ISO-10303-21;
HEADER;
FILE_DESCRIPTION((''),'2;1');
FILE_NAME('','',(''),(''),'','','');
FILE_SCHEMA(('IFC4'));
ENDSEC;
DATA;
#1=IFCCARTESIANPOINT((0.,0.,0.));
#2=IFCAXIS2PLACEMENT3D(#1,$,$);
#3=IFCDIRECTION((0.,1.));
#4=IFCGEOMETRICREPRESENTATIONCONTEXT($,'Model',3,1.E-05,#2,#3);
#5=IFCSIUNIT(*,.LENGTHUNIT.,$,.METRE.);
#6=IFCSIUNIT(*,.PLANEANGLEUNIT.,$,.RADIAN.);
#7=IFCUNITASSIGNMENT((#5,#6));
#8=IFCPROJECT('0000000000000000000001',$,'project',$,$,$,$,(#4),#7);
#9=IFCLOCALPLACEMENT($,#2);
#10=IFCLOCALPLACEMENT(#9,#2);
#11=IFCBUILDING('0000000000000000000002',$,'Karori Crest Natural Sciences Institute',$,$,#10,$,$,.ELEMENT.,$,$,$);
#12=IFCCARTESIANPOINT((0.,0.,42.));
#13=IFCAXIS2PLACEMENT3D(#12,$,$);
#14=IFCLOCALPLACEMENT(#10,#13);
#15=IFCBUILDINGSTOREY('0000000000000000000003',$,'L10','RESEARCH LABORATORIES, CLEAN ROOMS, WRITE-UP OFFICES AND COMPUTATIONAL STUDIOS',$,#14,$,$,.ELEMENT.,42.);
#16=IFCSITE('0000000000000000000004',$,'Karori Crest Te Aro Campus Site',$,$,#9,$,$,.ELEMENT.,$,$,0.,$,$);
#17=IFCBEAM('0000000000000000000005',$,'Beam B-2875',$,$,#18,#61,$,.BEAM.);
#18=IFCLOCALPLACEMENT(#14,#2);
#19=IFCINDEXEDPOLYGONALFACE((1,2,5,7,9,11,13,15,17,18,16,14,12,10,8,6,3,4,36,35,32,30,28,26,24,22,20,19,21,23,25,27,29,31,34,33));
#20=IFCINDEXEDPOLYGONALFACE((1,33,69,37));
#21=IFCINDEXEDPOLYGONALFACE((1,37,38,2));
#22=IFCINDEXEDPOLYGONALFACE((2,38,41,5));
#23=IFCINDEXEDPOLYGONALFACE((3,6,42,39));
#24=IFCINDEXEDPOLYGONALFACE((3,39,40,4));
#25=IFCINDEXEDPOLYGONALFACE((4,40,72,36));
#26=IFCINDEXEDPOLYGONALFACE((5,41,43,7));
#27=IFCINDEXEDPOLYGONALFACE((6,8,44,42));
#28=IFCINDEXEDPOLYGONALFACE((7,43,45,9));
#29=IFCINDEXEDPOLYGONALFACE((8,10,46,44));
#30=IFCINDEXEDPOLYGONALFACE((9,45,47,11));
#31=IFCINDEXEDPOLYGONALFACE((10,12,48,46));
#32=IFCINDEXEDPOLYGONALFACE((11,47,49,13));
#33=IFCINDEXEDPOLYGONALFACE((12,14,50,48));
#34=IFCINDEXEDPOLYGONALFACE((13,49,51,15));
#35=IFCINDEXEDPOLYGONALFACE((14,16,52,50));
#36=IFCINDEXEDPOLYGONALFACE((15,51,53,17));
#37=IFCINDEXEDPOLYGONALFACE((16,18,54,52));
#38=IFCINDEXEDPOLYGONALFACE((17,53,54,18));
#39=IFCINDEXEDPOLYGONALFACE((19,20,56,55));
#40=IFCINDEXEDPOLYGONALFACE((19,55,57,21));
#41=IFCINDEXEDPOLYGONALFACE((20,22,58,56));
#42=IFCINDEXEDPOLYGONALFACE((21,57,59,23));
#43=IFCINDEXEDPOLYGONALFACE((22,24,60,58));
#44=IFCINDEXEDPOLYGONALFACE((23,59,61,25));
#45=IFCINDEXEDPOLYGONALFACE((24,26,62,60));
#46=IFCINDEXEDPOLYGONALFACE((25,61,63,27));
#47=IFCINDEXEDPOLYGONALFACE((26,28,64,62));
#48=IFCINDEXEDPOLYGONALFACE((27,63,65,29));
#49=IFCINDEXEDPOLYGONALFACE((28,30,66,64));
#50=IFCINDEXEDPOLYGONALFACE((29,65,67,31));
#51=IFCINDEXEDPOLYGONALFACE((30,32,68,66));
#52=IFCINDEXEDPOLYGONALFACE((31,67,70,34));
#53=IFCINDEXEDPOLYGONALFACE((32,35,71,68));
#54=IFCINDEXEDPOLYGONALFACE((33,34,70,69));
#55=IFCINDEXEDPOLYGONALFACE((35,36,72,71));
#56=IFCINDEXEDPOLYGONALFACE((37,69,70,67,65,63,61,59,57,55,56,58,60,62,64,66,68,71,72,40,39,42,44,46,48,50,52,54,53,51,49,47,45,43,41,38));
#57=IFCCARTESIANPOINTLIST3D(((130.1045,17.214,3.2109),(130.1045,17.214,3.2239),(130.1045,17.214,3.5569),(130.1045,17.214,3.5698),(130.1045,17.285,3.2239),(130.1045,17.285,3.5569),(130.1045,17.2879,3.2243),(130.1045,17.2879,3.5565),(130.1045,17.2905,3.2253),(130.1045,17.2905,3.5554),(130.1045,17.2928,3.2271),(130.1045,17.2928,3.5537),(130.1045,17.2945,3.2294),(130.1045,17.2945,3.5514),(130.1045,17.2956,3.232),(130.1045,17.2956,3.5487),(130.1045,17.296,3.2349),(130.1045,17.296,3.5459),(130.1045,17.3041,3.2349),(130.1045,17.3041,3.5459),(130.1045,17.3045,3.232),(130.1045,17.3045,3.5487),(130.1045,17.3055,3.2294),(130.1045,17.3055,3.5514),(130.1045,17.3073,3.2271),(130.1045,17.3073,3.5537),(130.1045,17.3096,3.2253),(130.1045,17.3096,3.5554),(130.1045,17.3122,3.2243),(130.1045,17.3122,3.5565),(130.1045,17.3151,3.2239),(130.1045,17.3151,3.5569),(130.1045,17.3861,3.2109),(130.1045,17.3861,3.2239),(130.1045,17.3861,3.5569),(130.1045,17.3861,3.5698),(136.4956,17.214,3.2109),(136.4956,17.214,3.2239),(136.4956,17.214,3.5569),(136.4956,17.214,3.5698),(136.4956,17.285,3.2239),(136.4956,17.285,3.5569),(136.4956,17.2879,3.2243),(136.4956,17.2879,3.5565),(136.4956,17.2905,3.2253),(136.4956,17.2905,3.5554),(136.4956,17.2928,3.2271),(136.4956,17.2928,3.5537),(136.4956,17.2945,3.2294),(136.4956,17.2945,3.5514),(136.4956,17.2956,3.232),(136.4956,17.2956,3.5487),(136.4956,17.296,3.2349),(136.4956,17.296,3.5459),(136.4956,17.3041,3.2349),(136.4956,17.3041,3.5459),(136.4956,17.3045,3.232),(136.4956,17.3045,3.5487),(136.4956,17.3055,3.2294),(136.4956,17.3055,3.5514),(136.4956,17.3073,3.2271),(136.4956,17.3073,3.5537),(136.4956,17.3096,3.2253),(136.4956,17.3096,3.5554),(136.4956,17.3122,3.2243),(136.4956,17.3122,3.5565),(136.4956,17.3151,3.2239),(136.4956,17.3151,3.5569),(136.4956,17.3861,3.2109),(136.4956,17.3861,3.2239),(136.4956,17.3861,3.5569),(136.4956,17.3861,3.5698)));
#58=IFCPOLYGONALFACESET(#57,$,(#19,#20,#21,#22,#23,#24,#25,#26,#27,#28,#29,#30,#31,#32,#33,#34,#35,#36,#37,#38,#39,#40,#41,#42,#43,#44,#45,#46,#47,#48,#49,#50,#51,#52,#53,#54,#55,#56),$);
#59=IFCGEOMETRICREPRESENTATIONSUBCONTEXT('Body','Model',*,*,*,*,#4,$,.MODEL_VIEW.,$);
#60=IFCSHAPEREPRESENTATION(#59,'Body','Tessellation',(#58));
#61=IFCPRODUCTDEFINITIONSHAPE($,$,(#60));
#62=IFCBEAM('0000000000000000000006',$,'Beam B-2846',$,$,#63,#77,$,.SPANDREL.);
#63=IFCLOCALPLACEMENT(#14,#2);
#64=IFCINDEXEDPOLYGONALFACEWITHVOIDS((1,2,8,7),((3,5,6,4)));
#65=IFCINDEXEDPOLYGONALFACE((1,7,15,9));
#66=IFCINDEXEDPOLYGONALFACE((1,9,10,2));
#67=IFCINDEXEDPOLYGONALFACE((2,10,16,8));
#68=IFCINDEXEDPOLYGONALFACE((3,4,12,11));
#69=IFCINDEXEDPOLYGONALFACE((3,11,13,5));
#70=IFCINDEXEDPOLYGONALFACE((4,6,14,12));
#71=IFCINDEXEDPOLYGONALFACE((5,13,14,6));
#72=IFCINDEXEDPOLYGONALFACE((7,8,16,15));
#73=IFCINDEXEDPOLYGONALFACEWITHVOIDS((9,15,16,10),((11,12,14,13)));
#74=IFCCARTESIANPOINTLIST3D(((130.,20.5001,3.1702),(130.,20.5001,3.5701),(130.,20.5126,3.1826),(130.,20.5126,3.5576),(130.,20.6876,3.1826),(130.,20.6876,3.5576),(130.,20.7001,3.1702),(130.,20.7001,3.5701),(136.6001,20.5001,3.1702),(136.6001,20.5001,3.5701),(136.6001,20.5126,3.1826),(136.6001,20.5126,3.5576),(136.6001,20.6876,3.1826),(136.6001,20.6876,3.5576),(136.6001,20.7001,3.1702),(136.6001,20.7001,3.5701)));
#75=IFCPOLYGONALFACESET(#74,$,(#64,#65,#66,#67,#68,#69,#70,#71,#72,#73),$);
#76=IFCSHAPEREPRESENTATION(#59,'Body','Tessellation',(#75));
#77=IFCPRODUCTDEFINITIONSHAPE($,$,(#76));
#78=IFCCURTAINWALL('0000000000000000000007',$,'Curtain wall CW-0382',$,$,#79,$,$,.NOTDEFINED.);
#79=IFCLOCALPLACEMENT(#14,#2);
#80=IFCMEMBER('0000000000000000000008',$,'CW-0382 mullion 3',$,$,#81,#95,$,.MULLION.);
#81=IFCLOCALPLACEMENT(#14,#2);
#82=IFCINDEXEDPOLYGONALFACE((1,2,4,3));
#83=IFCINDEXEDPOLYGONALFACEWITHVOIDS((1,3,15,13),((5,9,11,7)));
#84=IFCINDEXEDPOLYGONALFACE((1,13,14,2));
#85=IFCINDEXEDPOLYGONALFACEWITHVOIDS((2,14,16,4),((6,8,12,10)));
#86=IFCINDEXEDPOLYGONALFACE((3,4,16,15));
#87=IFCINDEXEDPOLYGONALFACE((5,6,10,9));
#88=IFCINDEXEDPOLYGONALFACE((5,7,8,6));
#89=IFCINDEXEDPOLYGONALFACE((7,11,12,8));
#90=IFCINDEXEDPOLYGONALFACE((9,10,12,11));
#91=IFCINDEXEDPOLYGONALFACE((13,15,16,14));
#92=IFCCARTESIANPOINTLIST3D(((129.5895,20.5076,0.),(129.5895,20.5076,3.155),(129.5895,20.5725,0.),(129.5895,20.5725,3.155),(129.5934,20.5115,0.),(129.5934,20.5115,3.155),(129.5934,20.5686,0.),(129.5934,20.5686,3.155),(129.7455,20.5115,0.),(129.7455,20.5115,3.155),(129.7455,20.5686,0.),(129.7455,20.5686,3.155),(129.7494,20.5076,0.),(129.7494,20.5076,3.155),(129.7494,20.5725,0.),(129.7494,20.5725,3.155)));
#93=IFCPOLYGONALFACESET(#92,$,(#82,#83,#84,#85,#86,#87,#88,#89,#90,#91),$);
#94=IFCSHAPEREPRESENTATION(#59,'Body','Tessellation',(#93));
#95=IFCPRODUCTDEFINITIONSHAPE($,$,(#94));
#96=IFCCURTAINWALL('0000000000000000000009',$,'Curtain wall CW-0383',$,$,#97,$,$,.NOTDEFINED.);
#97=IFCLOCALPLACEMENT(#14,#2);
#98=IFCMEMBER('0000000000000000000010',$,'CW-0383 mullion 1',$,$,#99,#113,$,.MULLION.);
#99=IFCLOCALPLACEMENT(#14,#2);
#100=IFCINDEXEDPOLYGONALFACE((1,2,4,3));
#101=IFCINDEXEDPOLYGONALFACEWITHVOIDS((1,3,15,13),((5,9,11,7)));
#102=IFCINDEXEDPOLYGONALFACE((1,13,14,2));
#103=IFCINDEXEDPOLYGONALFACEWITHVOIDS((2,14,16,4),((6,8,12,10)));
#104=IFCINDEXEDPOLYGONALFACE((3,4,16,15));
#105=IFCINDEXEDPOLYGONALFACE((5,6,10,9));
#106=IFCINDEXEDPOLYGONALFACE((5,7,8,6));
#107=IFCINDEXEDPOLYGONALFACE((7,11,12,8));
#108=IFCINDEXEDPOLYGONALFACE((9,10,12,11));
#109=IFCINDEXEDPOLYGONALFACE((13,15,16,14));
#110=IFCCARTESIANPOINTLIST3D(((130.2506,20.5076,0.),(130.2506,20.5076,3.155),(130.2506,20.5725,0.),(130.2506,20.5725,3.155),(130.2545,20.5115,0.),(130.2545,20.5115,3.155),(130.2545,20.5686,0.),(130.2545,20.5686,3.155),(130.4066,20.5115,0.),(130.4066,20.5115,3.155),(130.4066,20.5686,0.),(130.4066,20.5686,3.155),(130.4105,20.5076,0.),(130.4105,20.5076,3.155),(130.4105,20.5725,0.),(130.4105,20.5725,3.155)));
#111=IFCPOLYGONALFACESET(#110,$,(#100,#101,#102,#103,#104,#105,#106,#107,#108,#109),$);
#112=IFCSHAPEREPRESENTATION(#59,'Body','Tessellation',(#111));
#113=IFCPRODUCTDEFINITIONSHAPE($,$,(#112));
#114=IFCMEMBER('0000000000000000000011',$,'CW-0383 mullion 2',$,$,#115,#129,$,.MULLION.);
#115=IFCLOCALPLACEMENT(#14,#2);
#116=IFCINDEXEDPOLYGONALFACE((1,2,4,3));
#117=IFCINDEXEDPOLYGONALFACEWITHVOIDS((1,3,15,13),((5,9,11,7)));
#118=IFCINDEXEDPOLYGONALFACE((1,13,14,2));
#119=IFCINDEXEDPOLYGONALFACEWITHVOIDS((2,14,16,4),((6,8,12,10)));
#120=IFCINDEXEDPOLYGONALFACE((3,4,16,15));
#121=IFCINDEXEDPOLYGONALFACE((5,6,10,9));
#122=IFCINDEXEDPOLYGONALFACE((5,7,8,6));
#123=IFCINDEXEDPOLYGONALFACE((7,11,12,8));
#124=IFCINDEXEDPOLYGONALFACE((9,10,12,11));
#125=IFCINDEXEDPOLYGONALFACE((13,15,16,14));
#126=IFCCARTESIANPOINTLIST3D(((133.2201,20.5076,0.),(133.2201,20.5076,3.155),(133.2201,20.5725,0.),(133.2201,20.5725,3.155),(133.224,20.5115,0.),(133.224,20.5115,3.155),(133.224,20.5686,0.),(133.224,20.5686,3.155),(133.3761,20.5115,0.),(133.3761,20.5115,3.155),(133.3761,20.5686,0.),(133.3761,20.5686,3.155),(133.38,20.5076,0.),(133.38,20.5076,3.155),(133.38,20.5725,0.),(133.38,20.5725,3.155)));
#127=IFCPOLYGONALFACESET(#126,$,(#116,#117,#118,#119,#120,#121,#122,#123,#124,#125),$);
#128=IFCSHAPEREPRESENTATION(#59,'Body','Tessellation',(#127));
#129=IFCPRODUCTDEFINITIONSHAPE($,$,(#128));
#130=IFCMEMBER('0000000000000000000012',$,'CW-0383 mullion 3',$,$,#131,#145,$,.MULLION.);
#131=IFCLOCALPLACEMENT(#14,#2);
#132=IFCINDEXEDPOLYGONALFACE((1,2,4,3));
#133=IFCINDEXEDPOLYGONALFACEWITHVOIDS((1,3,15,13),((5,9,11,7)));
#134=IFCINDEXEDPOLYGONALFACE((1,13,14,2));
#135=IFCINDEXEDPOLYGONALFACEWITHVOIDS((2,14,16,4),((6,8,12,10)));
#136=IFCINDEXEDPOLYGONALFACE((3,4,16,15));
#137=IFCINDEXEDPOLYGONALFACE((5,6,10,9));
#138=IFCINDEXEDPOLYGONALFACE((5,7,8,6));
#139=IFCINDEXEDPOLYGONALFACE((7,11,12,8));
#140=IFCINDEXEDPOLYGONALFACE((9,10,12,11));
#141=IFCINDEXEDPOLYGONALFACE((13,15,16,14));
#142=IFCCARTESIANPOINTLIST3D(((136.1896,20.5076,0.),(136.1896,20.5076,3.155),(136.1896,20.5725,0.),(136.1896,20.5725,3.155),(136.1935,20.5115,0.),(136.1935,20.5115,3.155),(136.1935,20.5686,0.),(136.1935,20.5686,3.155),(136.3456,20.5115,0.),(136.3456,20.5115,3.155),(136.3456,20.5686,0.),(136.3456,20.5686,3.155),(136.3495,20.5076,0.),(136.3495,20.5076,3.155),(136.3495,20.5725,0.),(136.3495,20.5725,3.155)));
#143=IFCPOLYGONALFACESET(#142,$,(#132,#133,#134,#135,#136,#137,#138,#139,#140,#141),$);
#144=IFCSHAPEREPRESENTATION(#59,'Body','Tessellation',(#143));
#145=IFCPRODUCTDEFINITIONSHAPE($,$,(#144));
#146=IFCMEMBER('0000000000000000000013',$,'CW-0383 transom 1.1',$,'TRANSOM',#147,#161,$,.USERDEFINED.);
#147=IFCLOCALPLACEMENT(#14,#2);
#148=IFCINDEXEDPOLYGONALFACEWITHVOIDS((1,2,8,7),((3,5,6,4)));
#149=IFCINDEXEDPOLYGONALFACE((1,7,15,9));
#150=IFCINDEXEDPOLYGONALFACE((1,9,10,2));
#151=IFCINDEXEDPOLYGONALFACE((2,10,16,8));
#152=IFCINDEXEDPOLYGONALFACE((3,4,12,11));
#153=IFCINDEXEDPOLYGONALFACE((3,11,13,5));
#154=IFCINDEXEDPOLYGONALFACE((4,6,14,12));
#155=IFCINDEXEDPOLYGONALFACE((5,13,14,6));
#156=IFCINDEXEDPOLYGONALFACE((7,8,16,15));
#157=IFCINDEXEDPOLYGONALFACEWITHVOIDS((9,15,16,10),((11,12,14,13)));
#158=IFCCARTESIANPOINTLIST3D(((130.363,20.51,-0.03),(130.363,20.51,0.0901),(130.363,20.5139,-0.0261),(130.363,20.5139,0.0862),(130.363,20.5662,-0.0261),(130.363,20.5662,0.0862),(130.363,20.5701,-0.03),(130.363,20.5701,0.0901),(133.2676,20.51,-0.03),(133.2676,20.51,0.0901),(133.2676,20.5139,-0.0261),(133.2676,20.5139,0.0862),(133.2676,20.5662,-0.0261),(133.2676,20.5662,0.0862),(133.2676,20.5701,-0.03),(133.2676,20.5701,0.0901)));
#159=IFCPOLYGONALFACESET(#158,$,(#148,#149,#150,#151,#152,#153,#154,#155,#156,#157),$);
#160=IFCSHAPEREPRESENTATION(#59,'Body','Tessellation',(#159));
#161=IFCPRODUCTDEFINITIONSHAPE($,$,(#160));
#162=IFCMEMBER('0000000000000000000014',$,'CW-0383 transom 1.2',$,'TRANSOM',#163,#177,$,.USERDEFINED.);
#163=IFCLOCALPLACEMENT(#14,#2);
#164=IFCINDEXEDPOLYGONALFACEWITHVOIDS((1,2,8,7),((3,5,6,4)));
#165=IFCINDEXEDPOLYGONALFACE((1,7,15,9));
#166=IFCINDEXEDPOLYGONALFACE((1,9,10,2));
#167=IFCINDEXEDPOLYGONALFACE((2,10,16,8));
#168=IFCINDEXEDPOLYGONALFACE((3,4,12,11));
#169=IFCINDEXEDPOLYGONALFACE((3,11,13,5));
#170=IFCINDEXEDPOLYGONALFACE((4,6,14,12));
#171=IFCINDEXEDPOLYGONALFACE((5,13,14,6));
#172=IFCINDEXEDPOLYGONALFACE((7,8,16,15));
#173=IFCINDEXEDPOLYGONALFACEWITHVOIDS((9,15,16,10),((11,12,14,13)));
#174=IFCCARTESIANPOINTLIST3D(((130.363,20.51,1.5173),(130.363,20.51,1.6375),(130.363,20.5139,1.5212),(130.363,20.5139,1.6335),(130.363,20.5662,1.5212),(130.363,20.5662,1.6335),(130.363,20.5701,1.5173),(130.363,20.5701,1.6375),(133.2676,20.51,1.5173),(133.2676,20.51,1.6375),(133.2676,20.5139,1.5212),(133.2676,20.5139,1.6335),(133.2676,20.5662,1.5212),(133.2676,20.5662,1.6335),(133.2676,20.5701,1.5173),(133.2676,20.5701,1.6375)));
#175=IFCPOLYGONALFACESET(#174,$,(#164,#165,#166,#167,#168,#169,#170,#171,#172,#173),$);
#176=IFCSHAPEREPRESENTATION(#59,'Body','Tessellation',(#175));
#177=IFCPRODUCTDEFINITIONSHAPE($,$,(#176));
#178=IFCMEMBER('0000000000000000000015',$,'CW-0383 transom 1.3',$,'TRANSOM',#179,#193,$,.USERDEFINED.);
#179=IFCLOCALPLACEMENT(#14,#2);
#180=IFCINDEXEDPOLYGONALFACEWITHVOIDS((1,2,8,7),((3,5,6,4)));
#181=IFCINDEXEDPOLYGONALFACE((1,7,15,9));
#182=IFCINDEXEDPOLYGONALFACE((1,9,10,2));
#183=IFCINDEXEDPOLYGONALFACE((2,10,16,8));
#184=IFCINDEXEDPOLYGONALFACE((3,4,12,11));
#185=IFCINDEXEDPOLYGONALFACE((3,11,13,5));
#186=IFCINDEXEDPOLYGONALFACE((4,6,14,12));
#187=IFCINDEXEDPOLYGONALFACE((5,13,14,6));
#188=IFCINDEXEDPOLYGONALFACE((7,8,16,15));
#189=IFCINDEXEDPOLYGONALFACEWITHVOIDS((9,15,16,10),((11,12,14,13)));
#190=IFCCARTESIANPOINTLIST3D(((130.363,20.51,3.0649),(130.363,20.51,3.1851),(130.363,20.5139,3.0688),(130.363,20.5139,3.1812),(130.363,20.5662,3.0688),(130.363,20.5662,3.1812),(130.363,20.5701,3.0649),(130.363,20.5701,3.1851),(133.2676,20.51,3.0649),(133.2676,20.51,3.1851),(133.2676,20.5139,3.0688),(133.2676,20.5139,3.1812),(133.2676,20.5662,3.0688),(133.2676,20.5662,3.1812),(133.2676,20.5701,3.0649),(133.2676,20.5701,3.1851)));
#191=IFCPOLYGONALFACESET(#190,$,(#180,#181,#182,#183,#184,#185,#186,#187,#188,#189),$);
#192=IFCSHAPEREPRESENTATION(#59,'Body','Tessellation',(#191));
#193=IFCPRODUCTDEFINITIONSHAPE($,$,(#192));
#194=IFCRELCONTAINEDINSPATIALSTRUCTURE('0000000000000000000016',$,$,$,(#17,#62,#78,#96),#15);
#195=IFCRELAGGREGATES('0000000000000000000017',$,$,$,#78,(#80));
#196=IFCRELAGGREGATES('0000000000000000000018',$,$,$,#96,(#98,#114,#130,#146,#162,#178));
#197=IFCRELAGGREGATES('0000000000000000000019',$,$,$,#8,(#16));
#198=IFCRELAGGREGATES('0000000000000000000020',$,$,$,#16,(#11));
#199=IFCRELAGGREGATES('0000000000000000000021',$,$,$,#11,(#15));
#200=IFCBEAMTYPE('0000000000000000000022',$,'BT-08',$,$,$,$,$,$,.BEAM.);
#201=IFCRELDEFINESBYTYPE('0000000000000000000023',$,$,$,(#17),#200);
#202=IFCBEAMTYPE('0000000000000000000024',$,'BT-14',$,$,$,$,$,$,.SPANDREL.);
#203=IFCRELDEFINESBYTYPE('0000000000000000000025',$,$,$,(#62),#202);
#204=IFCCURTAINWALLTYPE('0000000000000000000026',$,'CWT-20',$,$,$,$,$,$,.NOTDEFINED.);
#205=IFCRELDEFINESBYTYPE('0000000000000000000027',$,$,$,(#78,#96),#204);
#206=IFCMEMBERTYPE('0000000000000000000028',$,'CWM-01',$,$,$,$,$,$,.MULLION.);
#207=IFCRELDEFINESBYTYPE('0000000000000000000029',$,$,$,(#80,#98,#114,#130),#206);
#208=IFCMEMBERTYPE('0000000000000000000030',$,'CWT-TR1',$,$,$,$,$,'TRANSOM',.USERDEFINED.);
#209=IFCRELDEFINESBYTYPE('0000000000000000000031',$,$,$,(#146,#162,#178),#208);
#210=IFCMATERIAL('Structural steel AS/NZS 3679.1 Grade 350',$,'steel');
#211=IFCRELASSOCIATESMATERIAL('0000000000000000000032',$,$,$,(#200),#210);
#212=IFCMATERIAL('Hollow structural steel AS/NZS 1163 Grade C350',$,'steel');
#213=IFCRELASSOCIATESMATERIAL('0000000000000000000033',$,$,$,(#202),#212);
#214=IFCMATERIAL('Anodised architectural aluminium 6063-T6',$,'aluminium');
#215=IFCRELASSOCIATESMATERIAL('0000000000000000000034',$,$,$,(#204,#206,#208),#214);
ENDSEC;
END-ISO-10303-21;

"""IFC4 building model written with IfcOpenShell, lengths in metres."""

from ifc_helpers import new_model, si_unit, direction, frame, origin, origin_2d, place, context, subcontext, project, spatial, hollow_rectangle, i_section, extrude, material, material_profile, profile_set, type_object, element, aggregate, save


model = new_model("IFC4")

# Units and contexts
model_context = context("Model", 3, precision=1e-05, world=origin(), true_north=direction((0.0, 1.0)))
body_context = subcontext(model_context, "Body", "Model", "MODEL_VIEW")
ifc_project = project(units=[si_unit("LENGTHUNIT", "METRE"), si_unit("PLANEANGLEUNIT", "RADIAN")], contexts=[model_context])

# Site, building, storey
site_placement = place(None, origin())
site = spatial("IfcSite", under=ifc_project, at=site_placement, Name="Karori Crest Te Aro Campus Site", CompositionType="ELEMENT", RefElevation=0.0)
building_placement = place(site_placement, origin())
building = spatial("IfcBuilding", under=site, at=building_placement, Name="Karori Crest Natural Sciences Institute", CompositionType="ELEMENT")
storey_placement = place(building_placement, frame((0.0, 0.0, 42.0)))
storey = spatial("IfcBuildingStorey", under=building, at=storey_placement, Name="L10", Description="RESEARCH LABORATORIES, CLEAN ROOMS, WRITE-UP OFFICES AND COMPUTATIONAL STUDIOS", CompositionType="ELEMENT", Elevation=42.0)

# Shared definitions
ifc_material_1 = material(Name="Structural steel AS/NZS 3679.1 Grade 350", Category="steel")

# Beams
ifc_material_profile_1 = material_profile(ifc_material_1, i_section(OverallWidth=0.1721, OverallDepth=0.3589, WebThickness=0.0081, FlangeThickness=0.0129, FilletRadius=0.011, at=origin_2d()), Name="360UB56.7")
ifc_profile_set_1 = profile_set([ifc_material_profile_1], Name="Structural steel AS/NZS 3679.1 Grade 350")
beam_type_1 = type_object("IfcBeamType", Name="BT-08", PredefinedType="BEAM", material=ifc_profile_set_1)
beam_1_placement = place(storey_placement, frame((130.1045, 17.3, 3.3904), z_axis=(1.0, 0.0, 0.0), x_axis=(0.0, 1.0, 0.0)))
element("IfcBeam", 1, at=beam_1_placement, inside=storey, type_object=beam_type_1, Name="Beam B-2875", PredefinedType="BEAM", context=body_context, shape_type="SweptSolid", body=[
    extrude(i_section(OverallWidth=0.1721, OverallDepth=0.3589, WebThickness=0.0081, FlangeThickness=0.0129, FilletRadius=0.011, at=origin_2d()), origin(), (0.0, 0.0, 1.0), 6.3911),
])
ifc_material_2 = material(Name="Hollow structural steel AS/NZS 1163 Grade C350", Category="steel")
ifc_material_profile_2 = material_profile(ifc_material_2, hollow_rectangle(XDim=0.2, YDim=0.3999, WallThickness=0.0125, at=origin_2d()), Name="RHS400x200x12.5")
ifc_profile_set_2 = profile_set([ifc_material_profile_2], Name="Hollow structural steel AS/NZS 1163 Grade C350")
beam_type_2 = type_object("IfcBeamType", Name="BT-14", PredefinedType="SPANDREL", material=ifc_profile_set_2)
beam_2_placement = place(storey_placement, frame((130.0, 20.6001, 3.3701), z_axis=(1.0, 0.0, 0.0), x_axis=(0.0, 1.0, 0.0)))
element("IfcBeam", 2, at=beam_2_placement, inside=storey, type_object=beam_type_2, Name="Beam B-2846", PredefinedType="SPANDREL", context=body_context, shape_type="SweptSolid", body=[
    extrude(hollow_rectangle(XDim=0.2, YDim=0.3999, WallThickness=0.0125, at=origin_2d()), origin(), (0.0, 0.0, 1.0), 6.6001),
])

# Curtain wall, member
ifc_material_3 = material(Name="Anodised architectural aluminium 6063-T6", Category="aluminium")
curtain_wall_type = type_object("IfcCurtainWallType", Name="CWT-20", PredefinedType="NOTDEFINED", material=ifc_material_3)
curtain_wall_1_placement = place(storey_placement, origin())
curtain_wall_1 = element("IfcCurtainWall", 3, at=curtain_wall_1_placement, inside=storey, type_object=curtain_wall_type, Name="Curtain wall CW-0382", PredefinedType="NOTDEFINED")
ifc_material_profile_3 = material_profile(ifc_material_3, hollow_rectangle(XDim=0.0649, YDim=0.1599, WallThickness=0.0039, at=origin_2d()), Name="CWM160x65x4")
ifc_profile_set_3 = profile_set([ifc_material_profile_3], Name="Anodised architectural aluminium 6063-T6")
member_type_1 = type_object("IfcMemberType", Name="CWM-01", PredefinedType="MULLION", material=ifc_profile_set_3)
member_1_placement = place(storey_placement, frame((129.6694, 20.54, 0.0), z_axis=(0.0, 0.0, 1.0), x_axis=(0.0, 1.0, 0.0)))
member_1 = element("IfcMember", 4, at=member_1_placement, type_object=member_type_1, Name="CW-0382 mullion 3", PredefinedType="MULLION", context=body_context, shape_type="SweptSolid", body=[
    extrude(hollow_rectangle(XDim=0.0649, YDim=0.1599, WallThickness=0.0039, at=origin_2d()), origin(), (0.0, 0.0, 1.0), 3.155),
])

# Curtain wall, members
curtain_wall_2_placement = place(storey_placement, origin())
curtain_wall_2 = element("IfcCurtainWall", 5, at=curtain_wall_2_placement, inside=storey, type_object=curtain_wall_type, Name="Curtain wall CW-0383", PredefinedType="NOTDEFINED")
member_2_placement = place(storey_placement, frame((130.3306, 20.54, 0.0), z_axis=(0.0, 0.0, 1.0), x_axis=(0.0, 1.0, 0.0)))
member_2 = element("IfcMember", 6, at=member_2_placement, type_object=member_type_1, Name="CW-0383 mullion 1", PredefinedType="MULLION", context=body_context, shape_type="SweptSolid", body=[
    extrude(hollow_rectangle(XDim=0.0649, YDim=0.1599, WallThickness=0.0039, at=origin_2d()), origin(), (0.0, 0.0, 1.0), 3.155),
])
member_3_placement = place(storey_placement, frame((133.3, 20.54, 0.0), z_axis=(0.0, 0.0, 1.0), x_axis=(0.0, 1.0, 0.0)))
member_3 = element("IfcMember", 7, at=member_3_placement, type_object=member_type_1, Name="CW-0383 mullion 2", PredefinedType="MULLION", context=body_context, shape_type="SweptSolid", body=[
    extrude(hollow_rectangle(XDim=0.0649, YDim=0.1599, WallThickness=0.0039, at=origin_2d()), origin(), (0.0, 0.0, 1.0), 3.155),
])
member_4_placement = place(storey_placement, frame((136.2695, 20.54, 0.0), z_axis=(0.0, 0.0, 1.0), x_axis=(0.0, 1.0, 0.0)))
member_4 = element("IfcMember", 8, at=member_4_placement, type_object=member_type_1, Name="CW-0383 mullion 3", PredefinedType="MULLION", context=body_context, shape_type="SweptSolid", body=[
    extrude(hollow_rectangle(XDim=0.0649, YDim=0.1599, WallThickness=0.0039, at=origin_2d()), origin(), (0.0, 0.0, 1.0), 3.155),
])
ifc_material_profile_4 = material_profile(ifc_material_3, hollow_rectangle(XDim=0.0601, YDim=0.1201, WallThickness=0.0039, at=origin_2d()), Name="CWT120x60x4")
ifc_profile_set_4 = profile_set([ifc_material_profile_4], Name="Anodised architectural aluminium 6063-T6")
member_type_2 = type_object("IfcMemberType", Name="CWT-TR1", ElementType="TRANSOM", PredefinedType="USERDEFINED", material=ifc_profile_set_4)
member_5_placement = place(storey_placement, frame((130.363, 20.54, 0.03), z_axis=(1.0, 0.0, 0.0), x_axis=(0.0, 1.0, 0.0)))
member_5 = element("IfcMember", 9, at=member_5_placement, type_object=member_type_2, Name="CW-0383 transom 1.1", ObjectType="TRANSOM", PredefinedType="USERDEFINED", context=body_context, shape_type="SweptSolid", body=[
    extrude(hollow_rectangle(XDim=0.0601, YDim=0.1201, WallThickness=0.0039, at=origin_2d()), origin(), (0.0, 0.0, 1.0), 2.9045),
])
member_6_placement = place(storey_placement, frame((130.363, 20.54, 1.5774), z_axis=(1.0, 0.0, 0.0), x_axis=(0.0, 1.0, 0.0)))
member_6 = element("IfcMember", 10, at=member_6_placement, type_object=member_type_2, Name="CW-0383 transom 1.2", ObjectType="TRANSOM", PredefinedType="USERDEFINED", context=body_context, shape_type="SweptSolid", body=[
    extrude(hollow_rectangle(XDim=0.0601, YDim=0.1201, WallThickness=0.0039, at=origin_2d()), origin(), (0.0, 0.0, 1.0), 2.9045),
])
member_7_placement = place(storey_placement, frame((130.363, 20.54, 3.125), z_axis=(1.0, 0.0, 0.0), x_axis=(0.0, 1.0, 0.0)))
member_7 = element("IfcMember", 11, at=member_7_placement, type_object=member_type_2, Name="CW-0383 transom 1.3", ObjectType="TRANSOM", PredefinedType="USERDEFINED", context=body_context, shape_type="SweptSolid", body=[
    extrude(hollow_rectangle(XDim=0.0601, YDim=0.1201, WallThickness=0.0039, at=origin_2d()), origin(), (0.0, 0.0, 1.0), 2.9045),
])

aggregate(curtain_wall_1, [member_1])
aggregate(curtain_wall_2, [member_2, member_3, member_4, member_5, member_6, member_7])

save(model, "model.ifc")
